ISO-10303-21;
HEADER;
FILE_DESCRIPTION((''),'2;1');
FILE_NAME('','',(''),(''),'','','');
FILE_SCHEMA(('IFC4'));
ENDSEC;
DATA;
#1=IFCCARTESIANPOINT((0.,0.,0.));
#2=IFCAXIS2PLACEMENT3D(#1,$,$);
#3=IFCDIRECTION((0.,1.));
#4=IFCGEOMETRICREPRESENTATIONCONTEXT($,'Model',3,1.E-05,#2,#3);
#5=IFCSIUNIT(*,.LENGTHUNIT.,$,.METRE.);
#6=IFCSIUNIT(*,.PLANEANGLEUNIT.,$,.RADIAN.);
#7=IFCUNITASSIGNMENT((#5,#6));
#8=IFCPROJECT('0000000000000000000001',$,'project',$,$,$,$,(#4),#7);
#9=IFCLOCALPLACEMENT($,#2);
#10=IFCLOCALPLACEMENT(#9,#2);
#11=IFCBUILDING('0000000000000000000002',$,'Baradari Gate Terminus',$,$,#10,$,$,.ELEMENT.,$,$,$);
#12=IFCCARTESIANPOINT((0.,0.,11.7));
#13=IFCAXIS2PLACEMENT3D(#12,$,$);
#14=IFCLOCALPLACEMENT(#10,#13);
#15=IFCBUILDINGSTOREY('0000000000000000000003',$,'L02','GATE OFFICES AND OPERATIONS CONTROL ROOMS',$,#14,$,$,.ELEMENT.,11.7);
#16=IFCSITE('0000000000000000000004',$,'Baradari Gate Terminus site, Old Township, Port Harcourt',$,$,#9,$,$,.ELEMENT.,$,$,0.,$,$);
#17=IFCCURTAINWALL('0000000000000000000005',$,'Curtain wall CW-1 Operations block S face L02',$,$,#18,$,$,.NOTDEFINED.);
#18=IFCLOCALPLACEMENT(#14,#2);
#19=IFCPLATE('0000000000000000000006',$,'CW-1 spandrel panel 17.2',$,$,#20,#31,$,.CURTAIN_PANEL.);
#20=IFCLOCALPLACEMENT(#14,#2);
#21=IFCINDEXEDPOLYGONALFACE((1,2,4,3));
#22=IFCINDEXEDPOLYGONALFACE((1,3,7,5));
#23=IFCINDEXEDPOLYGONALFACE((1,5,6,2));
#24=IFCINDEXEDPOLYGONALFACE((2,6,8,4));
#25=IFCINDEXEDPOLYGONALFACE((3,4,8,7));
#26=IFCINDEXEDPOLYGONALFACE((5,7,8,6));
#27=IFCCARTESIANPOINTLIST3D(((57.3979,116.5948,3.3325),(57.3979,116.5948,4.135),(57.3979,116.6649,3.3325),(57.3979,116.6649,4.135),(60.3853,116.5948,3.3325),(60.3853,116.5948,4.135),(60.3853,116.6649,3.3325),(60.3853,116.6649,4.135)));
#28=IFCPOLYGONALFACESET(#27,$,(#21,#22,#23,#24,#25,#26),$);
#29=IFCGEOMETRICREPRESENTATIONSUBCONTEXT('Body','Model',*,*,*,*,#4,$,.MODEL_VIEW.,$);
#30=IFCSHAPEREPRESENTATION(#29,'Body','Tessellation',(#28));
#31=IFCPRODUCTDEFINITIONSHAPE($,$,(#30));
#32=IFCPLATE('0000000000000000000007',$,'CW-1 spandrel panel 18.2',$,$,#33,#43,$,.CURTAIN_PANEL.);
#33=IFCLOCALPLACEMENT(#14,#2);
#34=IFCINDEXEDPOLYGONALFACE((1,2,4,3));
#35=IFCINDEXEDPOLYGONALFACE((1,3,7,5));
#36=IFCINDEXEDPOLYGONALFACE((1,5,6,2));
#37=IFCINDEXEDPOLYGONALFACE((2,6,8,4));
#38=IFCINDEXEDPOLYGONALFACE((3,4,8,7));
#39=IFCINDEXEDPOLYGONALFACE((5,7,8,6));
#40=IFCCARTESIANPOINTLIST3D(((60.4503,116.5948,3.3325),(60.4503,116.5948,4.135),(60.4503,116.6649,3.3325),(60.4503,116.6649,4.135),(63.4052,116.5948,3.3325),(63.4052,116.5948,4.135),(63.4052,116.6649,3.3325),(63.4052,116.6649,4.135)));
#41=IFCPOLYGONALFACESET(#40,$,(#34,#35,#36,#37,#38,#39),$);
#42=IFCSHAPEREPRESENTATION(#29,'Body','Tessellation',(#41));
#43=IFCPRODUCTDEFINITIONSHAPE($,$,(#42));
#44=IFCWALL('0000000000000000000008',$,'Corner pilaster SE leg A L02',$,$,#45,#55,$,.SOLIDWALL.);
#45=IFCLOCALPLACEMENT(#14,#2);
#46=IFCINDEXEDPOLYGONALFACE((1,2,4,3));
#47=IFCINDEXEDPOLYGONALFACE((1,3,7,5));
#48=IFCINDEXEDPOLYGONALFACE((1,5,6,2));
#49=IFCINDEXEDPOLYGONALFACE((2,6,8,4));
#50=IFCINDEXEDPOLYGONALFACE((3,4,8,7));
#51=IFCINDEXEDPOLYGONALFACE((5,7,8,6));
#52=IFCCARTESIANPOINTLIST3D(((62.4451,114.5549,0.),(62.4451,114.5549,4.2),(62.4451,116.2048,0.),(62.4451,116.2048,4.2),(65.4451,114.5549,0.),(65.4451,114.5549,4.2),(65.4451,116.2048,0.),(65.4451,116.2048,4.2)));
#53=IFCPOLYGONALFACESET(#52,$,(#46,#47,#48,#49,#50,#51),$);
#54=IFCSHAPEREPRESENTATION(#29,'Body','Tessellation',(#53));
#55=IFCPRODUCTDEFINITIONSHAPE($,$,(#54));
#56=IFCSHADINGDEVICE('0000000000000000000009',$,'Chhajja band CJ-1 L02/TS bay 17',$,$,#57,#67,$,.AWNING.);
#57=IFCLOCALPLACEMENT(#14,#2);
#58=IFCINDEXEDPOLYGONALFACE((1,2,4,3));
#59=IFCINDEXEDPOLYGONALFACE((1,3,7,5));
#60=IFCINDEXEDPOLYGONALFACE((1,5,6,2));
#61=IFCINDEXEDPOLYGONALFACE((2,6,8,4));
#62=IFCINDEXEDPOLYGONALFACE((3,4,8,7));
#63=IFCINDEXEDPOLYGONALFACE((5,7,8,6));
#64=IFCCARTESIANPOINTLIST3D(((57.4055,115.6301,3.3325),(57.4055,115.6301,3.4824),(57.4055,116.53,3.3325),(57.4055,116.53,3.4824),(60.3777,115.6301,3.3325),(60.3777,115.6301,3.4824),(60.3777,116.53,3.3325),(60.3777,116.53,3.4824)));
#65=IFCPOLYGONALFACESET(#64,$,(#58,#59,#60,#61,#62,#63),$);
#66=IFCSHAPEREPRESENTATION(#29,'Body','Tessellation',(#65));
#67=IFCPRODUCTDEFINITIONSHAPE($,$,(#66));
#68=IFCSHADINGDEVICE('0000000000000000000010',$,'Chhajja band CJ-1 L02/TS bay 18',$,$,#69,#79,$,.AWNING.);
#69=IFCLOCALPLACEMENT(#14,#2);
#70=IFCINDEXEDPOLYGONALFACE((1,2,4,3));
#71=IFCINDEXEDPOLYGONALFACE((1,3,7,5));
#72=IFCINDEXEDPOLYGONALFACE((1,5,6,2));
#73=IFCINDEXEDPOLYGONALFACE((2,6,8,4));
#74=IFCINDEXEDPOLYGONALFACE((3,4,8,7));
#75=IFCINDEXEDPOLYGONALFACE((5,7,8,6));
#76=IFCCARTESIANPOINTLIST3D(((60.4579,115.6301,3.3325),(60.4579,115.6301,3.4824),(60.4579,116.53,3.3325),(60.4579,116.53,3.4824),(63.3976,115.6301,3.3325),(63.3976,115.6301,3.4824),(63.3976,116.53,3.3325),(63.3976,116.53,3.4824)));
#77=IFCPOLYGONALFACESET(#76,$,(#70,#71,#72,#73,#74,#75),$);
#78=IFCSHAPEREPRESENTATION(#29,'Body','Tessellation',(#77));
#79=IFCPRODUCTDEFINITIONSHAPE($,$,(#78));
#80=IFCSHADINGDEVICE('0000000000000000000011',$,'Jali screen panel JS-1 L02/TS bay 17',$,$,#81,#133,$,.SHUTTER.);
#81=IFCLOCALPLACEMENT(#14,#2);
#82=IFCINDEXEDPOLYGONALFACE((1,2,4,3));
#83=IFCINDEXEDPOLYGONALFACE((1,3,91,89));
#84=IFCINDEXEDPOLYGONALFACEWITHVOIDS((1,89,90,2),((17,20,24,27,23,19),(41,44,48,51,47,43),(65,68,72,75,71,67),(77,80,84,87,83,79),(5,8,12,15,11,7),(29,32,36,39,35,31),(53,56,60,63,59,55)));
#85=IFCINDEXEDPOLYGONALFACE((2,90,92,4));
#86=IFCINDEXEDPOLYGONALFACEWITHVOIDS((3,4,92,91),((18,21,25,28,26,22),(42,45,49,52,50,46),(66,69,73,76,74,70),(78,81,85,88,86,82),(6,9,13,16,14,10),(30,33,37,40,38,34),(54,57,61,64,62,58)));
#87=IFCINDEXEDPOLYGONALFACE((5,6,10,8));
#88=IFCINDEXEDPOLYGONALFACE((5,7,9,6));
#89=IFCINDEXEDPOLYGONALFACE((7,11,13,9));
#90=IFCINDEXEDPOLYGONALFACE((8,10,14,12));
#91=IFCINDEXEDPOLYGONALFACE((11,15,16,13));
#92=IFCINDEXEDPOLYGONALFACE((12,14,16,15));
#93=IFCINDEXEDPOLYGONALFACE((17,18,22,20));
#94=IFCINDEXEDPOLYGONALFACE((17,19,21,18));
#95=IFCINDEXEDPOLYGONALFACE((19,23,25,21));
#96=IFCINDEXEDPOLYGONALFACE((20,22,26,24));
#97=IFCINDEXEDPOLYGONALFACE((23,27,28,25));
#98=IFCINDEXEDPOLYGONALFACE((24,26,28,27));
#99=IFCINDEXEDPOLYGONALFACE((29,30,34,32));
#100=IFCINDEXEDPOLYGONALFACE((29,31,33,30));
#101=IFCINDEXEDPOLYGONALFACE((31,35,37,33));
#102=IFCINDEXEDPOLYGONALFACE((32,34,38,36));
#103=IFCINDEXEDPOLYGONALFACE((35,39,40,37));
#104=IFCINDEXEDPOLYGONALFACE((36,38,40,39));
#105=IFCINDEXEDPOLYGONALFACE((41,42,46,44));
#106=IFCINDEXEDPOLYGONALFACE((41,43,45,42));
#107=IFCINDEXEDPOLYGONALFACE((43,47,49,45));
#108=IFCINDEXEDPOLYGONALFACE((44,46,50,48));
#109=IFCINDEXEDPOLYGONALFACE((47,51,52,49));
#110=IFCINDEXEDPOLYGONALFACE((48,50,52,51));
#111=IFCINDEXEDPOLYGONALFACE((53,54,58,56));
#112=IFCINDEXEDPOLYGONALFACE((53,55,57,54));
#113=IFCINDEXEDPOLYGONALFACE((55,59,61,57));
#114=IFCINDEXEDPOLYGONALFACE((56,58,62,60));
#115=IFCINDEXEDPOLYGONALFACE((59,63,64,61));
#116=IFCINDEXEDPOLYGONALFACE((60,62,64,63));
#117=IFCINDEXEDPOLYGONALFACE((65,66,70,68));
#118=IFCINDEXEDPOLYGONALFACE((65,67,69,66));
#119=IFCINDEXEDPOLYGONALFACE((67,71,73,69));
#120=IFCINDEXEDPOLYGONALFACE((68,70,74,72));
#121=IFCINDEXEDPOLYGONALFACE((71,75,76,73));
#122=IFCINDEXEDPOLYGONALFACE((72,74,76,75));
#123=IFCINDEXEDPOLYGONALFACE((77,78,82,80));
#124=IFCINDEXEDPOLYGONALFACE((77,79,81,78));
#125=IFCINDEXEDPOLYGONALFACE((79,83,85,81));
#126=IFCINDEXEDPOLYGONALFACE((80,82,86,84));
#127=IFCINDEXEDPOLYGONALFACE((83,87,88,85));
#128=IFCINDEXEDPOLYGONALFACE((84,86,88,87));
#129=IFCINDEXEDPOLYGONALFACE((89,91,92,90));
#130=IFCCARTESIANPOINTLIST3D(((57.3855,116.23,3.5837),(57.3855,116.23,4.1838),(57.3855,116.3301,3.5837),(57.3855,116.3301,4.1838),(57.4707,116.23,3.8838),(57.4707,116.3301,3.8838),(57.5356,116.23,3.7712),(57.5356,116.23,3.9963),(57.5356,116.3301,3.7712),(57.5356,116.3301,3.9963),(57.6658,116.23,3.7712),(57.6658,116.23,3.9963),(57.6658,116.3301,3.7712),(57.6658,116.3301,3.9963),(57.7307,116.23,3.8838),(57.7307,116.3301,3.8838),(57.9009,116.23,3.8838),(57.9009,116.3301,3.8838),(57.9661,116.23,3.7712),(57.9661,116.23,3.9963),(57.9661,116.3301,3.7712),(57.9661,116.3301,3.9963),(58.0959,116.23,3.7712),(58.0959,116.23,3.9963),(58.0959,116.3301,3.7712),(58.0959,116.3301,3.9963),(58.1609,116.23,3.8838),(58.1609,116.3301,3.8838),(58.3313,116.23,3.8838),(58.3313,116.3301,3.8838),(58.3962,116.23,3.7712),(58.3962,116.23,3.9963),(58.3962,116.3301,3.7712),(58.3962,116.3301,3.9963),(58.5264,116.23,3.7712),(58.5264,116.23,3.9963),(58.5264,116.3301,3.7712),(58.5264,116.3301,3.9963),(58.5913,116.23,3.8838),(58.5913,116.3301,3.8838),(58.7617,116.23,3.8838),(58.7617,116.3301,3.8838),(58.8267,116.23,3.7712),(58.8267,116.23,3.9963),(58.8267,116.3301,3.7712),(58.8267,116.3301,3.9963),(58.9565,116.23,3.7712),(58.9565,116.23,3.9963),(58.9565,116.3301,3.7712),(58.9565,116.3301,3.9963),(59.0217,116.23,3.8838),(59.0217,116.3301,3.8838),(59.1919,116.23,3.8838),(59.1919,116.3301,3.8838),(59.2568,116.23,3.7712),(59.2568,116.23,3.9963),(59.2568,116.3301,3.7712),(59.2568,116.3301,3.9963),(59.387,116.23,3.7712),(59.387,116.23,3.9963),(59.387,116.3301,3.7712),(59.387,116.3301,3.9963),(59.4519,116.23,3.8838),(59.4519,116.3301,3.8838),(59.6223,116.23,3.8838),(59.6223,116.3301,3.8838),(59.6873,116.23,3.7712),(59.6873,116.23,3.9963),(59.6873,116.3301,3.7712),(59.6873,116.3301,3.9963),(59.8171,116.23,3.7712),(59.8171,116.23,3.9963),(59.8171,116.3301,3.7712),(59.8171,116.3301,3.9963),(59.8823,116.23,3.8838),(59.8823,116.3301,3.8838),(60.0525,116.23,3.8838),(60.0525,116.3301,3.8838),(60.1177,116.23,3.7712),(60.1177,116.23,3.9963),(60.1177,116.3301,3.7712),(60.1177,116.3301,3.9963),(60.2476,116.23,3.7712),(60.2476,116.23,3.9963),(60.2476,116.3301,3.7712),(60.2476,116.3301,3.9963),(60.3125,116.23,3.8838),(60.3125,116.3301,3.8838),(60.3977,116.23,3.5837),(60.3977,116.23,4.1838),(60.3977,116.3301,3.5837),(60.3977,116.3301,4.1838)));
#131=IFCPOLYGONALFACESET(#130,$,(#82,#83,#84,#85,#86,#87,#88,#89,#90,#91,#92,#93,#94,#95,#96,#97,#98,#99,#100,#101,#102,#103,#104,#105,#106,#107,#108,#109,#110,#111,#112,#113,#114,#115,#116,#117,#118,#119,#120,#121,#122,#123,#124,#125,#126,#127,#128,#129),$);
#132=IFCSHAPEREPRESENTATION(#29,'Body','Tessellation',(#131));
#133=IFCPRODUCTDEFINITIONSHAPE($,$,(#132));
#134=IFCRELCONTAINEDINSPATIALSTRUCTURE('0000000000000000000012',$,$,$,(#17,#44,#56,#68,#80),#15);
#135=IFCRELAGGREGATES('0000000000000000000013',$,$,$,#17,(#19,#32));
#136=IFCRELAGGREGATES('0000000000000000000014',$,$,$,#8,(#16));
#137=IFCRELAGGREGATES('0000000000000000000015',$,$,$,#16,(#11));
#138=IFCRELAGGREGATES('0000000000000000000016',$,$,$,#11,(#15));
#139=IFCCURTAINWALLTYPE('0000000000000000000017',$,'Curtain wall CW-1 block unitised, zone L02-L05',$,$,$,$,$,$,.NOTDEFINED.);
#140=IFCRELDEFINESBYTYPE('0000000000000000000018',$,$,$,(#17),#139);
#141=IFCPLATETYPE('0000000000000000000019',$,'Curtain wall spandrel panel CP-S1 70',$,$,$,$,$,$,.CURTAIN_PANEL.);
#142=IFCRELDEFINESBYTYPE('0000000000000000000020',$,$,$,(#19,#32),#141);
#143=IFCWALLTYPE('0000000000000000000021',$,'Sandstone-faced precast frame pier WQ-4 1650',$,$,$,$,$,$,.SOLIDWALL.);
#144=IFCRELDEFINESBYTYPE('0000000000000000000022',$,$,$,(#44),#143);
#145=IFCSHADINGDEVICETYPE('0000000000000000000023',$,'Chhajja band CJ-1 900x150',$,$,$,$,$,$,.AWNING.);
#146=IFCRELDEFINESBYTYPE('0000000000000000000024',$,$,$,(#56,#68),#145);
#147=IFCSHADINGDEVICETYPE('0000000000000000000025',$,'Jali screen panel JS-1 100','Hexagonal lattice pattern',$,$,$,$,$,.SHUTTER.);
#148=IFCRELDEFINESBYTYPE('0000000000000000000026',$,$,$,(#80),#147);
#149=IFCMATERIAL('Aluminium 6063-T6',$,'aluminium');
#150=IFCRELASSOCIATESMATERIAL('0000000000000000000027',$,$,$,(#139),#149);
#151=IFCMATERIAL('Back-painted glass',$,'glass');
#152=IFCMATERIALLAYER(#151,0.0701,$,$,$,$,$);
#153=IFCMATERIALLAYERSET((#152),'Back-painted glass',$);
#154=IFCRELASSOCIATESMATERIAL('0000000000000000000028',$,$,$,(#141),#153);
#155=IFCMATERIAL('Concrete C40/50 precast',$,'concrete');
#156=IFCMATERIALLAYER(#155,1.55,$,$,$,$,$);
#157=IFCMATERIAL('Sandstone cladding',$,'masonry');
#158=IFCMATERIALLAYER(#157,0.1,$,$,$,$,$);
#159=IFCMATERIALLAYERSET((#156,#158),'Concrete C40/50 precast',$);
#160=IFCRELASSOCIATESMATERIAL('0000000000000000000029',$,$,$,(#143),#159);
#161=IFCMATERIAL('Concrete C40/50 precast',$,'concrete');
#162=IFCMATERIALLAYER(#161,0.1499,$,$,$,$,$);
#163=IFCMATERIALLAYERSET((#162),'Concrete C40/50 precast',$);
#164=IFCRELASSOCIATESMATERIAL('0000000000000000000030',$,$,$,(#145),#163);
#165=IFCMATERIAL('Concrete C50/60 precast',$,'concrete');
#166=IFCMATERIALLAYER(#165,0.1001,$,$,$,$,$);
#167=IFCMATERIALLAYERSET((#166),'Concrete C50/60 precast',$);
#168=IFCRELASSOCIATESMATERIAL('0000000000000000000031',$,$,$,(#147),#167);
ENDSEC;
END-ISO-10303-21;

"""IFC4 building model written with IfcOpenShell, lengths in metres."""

from ifc_helpers import new_model, si_unit, direction, frame, frame_2d, origin, origin_2d, place, context, subcontext, project, spatial, polyline, rectangle, outline, extrude, material, layer, layer_set, type_object, element, aggregate, save


model = new_model("IFC4")

# Units and contexts
model_context = context("Model", 3, precision=1e-05, world=origin(), true_north=direction((0.0, 1.0)))
body_context = subcontext(model_context, "Body", "Model", "MODEL_VIEW")
ifc_project = project(units=[si_unit("LENGTHUNIT", "METRE"), si_unit("PLANEANGLEUNIT", "RADIAN")], contexts=[model_context])

# Site, building, storey
site_placement = place(None, origin())
site = spatial("IfcSite", under=ifc_project, at=site_placement, Name="Baradari Gate Terminus site, Old Township, Port Harcourt", CompositionType="ELEMENT", RefElevation=0.0)
building_placement = place(site_placement, origin())
building = spatial("IfcBuilding", under=site, at=building_placement, Name="Baradari Gate Terminus", CompositionType="ELEMENT")
storey_placement = place(building_placement, frame((0.0, 0.0, 11.7)))
storey = spatial("IfcBuildingStorey", under=building, at=storey_placement, Name="L02", Description="GATE OFFICES AND OPERATIONS CONTROL ROOMS", CompositionType="ELEMENT", Elevation=11.7)

# Curtain wall
ifc_material_1 = material(Name="Aluminium 6063-T6", Category="aluminium")
curtain_wall_type = type_object("IfcCurtainWallType", Name="Curtain wall CW-1 block unitised, zone L02-L05", PredefinedType="NOTDEFINED", material=ifc_material_1)
curtain_wall_1_placement = place(storey_placement, origin())
curtain_wall_1 = element("IfcCurtainWall", 1, at=curtain_wall_1_placement, inside=storey, type_object=curtain_wall_type, Name="Curtain wall CW-1 Operations block S face L02", PredefinedType="NOTDEFINED")

# Plates
ifc_material_2 = material(Name="Back-painted glass", Category="glass")
ifc_layer_1 = layer(ifc_material_2, 0.0701)
ifc_layer_set_1 = layer_set([ifc_layer_1], Name="Back-painted glass")
plate_type_1 = type_object("IfcPlateType", Name="Curtain wall spandrel panel CP-S1 70", PredefinedType="CURTAIN_PANEL", material=ifc_layer_set_1)
plate_1_placement = place(storey_placement, frame((58.8916, 116.6299, 3.3325), z_axis=(0.0, 0.0, 1.0), x_axis=(1.0, 0.0, 0.0)))
plate_1 = element("IfcPlate", 2, at=plate_1_placement, type_object=plate_type_1, Name="CW-1 spandrel panel 17.2", PredefinedType="CURTAIN_PANEL", context=body_context, shape_type="SweptSolid", body=[
    extrude(rectangle(XDim=2.9873, YDim=0.0701, at=origin_2d()), origin(), (0.0, 0.0, 1.0), 0.8025),
])
plate_2_placement = place(storey_placement, frame((61.9277, 116.6299, 3.3325), z_axis=(0.0, 0.0, 1.0), x_axis=(1.0, 0.0, 0.0)))
plate_2 = element("IfcPlate", 3, at=plate_2_placement, type_object=plate_type_1, Name="CW-1 spandrel panel 18.2", PredefinedType="CURTAIN_PANEL", context=body_context, shape_type="SweptSolid", body=[
    extrude(rectangle(XDim=2.9548, YDim=0.0701, at=origin_2d()), origin(), (0.0, 0.0, 1.0), 0.8025),
])
aggregate(curtain_wall_1, [plate_1, plate_2])

# Wall
ifc_material_3 = material(Name="Concrete C40/50 precast", Category="concrete")
ifc_layer_2 = layer(ifc_material_3, 1.55)
ifc_material_4 = material(Name="Sandstone cladding", Category="masonry")
ifc_layer_3 = layer(ifc_material_4, 0.1)
ifc_layer_set_2 = layer_set([ifc_layer_2, ifc_layer_3], Name="Concrete C40/50 precast")
wall_type_1 = type_object("IfcWallType", Name="Sandstone-faced precast frame pier WQ-4 1650", PredefinedType="SOLIDWALL", material=ifc_layer_set_2)
wall_1_placement = place(storey_placement, frame((62.4451, 115.3799, 0.0), z_axis=(0.0, 0.0, 1.0), x_axis=(1.0, 0.0, 0.0)))
element("IfcWall", 4, at=wall_1_placement, inside=storey, type_object=wall_type_1, Name="Corner pilaster SE leg A L02", PredefinedType="SOLIDWALL", context=body_context, shape_type="SweptSolid", body=[
    extrude(rectangle(XDim=3.0, YDim=1.6499, at=frame_2d((1.5, 0.0))), origin(), (0.0, 0.0, 1.0), 4.2),
])

# Shading devices
ifc_material_5 = material(Name="Concrete C40/50 precast", Category="concrete")
ifc_layer_4 = layer(ifc_material_5, 0.1499)
ifc_layer_set_3 = layer_set([ifc_layer_4], Name="Concrete C40/50 precast")
shading_device_type_1 = type_object("IfcShadingDeviceType", Name="Chhajja band CJ-1 900x150", PredefinedType="AWNING", material=ifc_layer_set_3)
shading_device_1_placement = place(storey_placement, frame((58.8916, 116.0801, 3.3325), z_axis=(0.0, 0.0, 1.0), x_axis=(1.0, 0.0, 0.0)))
element("IfcShadingDevice", 5, at=shading_device_1_placement, inside=storey, type_object=shading_device_type_1, Name="Chhajja band CJ-1 L02/TS bay 17", PredefinedType="AWNING", context=body_context, shape_type="SweptSolid", body=[
    extrude(rectangle(XDim=2.9722, YDim=0.8999, at=origin_2d()), origin(), (0.0, 0.0, 1.0), 0.1499),
])
shading_device_2_placement = place(storey_placement, frame((61.9277, 116.0801, 3.3325), z_axis=(0.0, 0.0, 1.0), x_axis=(1.0, 0.0, 0.0)))
element("IfcShadingDevice", 6, at=shading_device_2_placement, inside=storey, type_object=shading_device_type_1, Name="Chhajja band CJ-1 L02/TS bay 18", PredefinedType="AWNING", context=body_context, shape_type="SweptSolid", body=[
    extrude(rectangle(XDim=2.9397, YDim=0.8999, at=origin_2d()), origin(), (0.0, 0.0, 1.0), 0.1499),
])
ifc_material_6 = material(Name="Concrete C50/60 precast", Category="concrete")
ifc_layer_5 = layer(ifc_material_6, 0.1001)
ifc_layer_set_4 = layer_set([ifc_layer_5], Name="Concrete C50/60 precast")
shading_device_type_2 = type_object("IfcShadingDeviceType", Name="Jali screen panel JS-1 100", Description="Hexagonal lattice pattern", PredefinedType="SHUTTER", material=ifc_layer_set_4)
shading_device_3_placement = place(storey_placement, frame((57.3855, 116.28, 3.5837), z_axis=(0.0, 0.0, 1.0), x_axis=(1.0, 0.0, 0.0)))
element("IfcShadingDevice", 7, at=shading_device_3_placement, inside=storey, type_object=shading_device_type_2, Name="Jali screen panel JS-1 L02/TS bay 17", PredefinedType="SHUTTER", context=body_context, shape_type="SweptSolid", body=[
    extrude(outline(polyline([(0.0, 0.0), (3.0122, 0.0), (3.0122, 0.6001), (0.0, 0.6001), (0.0, 0.0)]), holes=[polyline([(0.3452, 0.3), (0.2803, 0.1875), (0.1501, 0.1875), (0.0852, 0.3), (0.1501, 0.4126), (0.2803, 0.4126), (0.3452, 0.3)]), polyline([(0.7754, 0.3), (0.7104, 0.1875), (0.5806, 0.1875), (0.5154, 0.3), (0.5806, 0.4126), (0.7104, 0.4126), (0.7754, 0.3)]), polyline([(1.2058, 0.3), (1.1409, 0.1875), (1.0107, 0.1875), (0.9458, 0.3), (1.0107, 0.4126), (1.1409, 0.4126), (1.2058, 0.3)]), polyline([(1.6362, 0.3), (1.571, 0.1875), (1.4412, 0.1875), (1.3762, 0.3), (1.4412, 0.4126), (1.571, 0.4126), (1.6362, 0.3)]), polyline([(2.0664, 0.3), (2.0015, 0.1875), (1.8713, 0.1875), (1.8064, 0.3), (1.8713, 0.4126), (2.0015, 0.4126), (2.0664, 0.3)]), polyline([(2.4968, 0.3), (2.4316, 0.1875), (2.3018, 0.1875), (2.2368, 0.3), (2.3018, 0.4126), (2.4316, 0.4126), (2.4968, 0.3)]), polyline([(2.927, 0.3), (2.8621, 0.1875), (2.7322, 0.1875), (2.667, 0.3), (2.7322, 0.4126), (2.8621, 0.4126), (2.927, 0.3)])]), frame((0.0, 0.05, 0.0), z_axis=(0.0, -1.0, 0.0), x_axis=(1.0, 0.0, 0.0)), (0.0, 0.0, 1.0), 0.1001),
])

save(model, "model.ifc")
